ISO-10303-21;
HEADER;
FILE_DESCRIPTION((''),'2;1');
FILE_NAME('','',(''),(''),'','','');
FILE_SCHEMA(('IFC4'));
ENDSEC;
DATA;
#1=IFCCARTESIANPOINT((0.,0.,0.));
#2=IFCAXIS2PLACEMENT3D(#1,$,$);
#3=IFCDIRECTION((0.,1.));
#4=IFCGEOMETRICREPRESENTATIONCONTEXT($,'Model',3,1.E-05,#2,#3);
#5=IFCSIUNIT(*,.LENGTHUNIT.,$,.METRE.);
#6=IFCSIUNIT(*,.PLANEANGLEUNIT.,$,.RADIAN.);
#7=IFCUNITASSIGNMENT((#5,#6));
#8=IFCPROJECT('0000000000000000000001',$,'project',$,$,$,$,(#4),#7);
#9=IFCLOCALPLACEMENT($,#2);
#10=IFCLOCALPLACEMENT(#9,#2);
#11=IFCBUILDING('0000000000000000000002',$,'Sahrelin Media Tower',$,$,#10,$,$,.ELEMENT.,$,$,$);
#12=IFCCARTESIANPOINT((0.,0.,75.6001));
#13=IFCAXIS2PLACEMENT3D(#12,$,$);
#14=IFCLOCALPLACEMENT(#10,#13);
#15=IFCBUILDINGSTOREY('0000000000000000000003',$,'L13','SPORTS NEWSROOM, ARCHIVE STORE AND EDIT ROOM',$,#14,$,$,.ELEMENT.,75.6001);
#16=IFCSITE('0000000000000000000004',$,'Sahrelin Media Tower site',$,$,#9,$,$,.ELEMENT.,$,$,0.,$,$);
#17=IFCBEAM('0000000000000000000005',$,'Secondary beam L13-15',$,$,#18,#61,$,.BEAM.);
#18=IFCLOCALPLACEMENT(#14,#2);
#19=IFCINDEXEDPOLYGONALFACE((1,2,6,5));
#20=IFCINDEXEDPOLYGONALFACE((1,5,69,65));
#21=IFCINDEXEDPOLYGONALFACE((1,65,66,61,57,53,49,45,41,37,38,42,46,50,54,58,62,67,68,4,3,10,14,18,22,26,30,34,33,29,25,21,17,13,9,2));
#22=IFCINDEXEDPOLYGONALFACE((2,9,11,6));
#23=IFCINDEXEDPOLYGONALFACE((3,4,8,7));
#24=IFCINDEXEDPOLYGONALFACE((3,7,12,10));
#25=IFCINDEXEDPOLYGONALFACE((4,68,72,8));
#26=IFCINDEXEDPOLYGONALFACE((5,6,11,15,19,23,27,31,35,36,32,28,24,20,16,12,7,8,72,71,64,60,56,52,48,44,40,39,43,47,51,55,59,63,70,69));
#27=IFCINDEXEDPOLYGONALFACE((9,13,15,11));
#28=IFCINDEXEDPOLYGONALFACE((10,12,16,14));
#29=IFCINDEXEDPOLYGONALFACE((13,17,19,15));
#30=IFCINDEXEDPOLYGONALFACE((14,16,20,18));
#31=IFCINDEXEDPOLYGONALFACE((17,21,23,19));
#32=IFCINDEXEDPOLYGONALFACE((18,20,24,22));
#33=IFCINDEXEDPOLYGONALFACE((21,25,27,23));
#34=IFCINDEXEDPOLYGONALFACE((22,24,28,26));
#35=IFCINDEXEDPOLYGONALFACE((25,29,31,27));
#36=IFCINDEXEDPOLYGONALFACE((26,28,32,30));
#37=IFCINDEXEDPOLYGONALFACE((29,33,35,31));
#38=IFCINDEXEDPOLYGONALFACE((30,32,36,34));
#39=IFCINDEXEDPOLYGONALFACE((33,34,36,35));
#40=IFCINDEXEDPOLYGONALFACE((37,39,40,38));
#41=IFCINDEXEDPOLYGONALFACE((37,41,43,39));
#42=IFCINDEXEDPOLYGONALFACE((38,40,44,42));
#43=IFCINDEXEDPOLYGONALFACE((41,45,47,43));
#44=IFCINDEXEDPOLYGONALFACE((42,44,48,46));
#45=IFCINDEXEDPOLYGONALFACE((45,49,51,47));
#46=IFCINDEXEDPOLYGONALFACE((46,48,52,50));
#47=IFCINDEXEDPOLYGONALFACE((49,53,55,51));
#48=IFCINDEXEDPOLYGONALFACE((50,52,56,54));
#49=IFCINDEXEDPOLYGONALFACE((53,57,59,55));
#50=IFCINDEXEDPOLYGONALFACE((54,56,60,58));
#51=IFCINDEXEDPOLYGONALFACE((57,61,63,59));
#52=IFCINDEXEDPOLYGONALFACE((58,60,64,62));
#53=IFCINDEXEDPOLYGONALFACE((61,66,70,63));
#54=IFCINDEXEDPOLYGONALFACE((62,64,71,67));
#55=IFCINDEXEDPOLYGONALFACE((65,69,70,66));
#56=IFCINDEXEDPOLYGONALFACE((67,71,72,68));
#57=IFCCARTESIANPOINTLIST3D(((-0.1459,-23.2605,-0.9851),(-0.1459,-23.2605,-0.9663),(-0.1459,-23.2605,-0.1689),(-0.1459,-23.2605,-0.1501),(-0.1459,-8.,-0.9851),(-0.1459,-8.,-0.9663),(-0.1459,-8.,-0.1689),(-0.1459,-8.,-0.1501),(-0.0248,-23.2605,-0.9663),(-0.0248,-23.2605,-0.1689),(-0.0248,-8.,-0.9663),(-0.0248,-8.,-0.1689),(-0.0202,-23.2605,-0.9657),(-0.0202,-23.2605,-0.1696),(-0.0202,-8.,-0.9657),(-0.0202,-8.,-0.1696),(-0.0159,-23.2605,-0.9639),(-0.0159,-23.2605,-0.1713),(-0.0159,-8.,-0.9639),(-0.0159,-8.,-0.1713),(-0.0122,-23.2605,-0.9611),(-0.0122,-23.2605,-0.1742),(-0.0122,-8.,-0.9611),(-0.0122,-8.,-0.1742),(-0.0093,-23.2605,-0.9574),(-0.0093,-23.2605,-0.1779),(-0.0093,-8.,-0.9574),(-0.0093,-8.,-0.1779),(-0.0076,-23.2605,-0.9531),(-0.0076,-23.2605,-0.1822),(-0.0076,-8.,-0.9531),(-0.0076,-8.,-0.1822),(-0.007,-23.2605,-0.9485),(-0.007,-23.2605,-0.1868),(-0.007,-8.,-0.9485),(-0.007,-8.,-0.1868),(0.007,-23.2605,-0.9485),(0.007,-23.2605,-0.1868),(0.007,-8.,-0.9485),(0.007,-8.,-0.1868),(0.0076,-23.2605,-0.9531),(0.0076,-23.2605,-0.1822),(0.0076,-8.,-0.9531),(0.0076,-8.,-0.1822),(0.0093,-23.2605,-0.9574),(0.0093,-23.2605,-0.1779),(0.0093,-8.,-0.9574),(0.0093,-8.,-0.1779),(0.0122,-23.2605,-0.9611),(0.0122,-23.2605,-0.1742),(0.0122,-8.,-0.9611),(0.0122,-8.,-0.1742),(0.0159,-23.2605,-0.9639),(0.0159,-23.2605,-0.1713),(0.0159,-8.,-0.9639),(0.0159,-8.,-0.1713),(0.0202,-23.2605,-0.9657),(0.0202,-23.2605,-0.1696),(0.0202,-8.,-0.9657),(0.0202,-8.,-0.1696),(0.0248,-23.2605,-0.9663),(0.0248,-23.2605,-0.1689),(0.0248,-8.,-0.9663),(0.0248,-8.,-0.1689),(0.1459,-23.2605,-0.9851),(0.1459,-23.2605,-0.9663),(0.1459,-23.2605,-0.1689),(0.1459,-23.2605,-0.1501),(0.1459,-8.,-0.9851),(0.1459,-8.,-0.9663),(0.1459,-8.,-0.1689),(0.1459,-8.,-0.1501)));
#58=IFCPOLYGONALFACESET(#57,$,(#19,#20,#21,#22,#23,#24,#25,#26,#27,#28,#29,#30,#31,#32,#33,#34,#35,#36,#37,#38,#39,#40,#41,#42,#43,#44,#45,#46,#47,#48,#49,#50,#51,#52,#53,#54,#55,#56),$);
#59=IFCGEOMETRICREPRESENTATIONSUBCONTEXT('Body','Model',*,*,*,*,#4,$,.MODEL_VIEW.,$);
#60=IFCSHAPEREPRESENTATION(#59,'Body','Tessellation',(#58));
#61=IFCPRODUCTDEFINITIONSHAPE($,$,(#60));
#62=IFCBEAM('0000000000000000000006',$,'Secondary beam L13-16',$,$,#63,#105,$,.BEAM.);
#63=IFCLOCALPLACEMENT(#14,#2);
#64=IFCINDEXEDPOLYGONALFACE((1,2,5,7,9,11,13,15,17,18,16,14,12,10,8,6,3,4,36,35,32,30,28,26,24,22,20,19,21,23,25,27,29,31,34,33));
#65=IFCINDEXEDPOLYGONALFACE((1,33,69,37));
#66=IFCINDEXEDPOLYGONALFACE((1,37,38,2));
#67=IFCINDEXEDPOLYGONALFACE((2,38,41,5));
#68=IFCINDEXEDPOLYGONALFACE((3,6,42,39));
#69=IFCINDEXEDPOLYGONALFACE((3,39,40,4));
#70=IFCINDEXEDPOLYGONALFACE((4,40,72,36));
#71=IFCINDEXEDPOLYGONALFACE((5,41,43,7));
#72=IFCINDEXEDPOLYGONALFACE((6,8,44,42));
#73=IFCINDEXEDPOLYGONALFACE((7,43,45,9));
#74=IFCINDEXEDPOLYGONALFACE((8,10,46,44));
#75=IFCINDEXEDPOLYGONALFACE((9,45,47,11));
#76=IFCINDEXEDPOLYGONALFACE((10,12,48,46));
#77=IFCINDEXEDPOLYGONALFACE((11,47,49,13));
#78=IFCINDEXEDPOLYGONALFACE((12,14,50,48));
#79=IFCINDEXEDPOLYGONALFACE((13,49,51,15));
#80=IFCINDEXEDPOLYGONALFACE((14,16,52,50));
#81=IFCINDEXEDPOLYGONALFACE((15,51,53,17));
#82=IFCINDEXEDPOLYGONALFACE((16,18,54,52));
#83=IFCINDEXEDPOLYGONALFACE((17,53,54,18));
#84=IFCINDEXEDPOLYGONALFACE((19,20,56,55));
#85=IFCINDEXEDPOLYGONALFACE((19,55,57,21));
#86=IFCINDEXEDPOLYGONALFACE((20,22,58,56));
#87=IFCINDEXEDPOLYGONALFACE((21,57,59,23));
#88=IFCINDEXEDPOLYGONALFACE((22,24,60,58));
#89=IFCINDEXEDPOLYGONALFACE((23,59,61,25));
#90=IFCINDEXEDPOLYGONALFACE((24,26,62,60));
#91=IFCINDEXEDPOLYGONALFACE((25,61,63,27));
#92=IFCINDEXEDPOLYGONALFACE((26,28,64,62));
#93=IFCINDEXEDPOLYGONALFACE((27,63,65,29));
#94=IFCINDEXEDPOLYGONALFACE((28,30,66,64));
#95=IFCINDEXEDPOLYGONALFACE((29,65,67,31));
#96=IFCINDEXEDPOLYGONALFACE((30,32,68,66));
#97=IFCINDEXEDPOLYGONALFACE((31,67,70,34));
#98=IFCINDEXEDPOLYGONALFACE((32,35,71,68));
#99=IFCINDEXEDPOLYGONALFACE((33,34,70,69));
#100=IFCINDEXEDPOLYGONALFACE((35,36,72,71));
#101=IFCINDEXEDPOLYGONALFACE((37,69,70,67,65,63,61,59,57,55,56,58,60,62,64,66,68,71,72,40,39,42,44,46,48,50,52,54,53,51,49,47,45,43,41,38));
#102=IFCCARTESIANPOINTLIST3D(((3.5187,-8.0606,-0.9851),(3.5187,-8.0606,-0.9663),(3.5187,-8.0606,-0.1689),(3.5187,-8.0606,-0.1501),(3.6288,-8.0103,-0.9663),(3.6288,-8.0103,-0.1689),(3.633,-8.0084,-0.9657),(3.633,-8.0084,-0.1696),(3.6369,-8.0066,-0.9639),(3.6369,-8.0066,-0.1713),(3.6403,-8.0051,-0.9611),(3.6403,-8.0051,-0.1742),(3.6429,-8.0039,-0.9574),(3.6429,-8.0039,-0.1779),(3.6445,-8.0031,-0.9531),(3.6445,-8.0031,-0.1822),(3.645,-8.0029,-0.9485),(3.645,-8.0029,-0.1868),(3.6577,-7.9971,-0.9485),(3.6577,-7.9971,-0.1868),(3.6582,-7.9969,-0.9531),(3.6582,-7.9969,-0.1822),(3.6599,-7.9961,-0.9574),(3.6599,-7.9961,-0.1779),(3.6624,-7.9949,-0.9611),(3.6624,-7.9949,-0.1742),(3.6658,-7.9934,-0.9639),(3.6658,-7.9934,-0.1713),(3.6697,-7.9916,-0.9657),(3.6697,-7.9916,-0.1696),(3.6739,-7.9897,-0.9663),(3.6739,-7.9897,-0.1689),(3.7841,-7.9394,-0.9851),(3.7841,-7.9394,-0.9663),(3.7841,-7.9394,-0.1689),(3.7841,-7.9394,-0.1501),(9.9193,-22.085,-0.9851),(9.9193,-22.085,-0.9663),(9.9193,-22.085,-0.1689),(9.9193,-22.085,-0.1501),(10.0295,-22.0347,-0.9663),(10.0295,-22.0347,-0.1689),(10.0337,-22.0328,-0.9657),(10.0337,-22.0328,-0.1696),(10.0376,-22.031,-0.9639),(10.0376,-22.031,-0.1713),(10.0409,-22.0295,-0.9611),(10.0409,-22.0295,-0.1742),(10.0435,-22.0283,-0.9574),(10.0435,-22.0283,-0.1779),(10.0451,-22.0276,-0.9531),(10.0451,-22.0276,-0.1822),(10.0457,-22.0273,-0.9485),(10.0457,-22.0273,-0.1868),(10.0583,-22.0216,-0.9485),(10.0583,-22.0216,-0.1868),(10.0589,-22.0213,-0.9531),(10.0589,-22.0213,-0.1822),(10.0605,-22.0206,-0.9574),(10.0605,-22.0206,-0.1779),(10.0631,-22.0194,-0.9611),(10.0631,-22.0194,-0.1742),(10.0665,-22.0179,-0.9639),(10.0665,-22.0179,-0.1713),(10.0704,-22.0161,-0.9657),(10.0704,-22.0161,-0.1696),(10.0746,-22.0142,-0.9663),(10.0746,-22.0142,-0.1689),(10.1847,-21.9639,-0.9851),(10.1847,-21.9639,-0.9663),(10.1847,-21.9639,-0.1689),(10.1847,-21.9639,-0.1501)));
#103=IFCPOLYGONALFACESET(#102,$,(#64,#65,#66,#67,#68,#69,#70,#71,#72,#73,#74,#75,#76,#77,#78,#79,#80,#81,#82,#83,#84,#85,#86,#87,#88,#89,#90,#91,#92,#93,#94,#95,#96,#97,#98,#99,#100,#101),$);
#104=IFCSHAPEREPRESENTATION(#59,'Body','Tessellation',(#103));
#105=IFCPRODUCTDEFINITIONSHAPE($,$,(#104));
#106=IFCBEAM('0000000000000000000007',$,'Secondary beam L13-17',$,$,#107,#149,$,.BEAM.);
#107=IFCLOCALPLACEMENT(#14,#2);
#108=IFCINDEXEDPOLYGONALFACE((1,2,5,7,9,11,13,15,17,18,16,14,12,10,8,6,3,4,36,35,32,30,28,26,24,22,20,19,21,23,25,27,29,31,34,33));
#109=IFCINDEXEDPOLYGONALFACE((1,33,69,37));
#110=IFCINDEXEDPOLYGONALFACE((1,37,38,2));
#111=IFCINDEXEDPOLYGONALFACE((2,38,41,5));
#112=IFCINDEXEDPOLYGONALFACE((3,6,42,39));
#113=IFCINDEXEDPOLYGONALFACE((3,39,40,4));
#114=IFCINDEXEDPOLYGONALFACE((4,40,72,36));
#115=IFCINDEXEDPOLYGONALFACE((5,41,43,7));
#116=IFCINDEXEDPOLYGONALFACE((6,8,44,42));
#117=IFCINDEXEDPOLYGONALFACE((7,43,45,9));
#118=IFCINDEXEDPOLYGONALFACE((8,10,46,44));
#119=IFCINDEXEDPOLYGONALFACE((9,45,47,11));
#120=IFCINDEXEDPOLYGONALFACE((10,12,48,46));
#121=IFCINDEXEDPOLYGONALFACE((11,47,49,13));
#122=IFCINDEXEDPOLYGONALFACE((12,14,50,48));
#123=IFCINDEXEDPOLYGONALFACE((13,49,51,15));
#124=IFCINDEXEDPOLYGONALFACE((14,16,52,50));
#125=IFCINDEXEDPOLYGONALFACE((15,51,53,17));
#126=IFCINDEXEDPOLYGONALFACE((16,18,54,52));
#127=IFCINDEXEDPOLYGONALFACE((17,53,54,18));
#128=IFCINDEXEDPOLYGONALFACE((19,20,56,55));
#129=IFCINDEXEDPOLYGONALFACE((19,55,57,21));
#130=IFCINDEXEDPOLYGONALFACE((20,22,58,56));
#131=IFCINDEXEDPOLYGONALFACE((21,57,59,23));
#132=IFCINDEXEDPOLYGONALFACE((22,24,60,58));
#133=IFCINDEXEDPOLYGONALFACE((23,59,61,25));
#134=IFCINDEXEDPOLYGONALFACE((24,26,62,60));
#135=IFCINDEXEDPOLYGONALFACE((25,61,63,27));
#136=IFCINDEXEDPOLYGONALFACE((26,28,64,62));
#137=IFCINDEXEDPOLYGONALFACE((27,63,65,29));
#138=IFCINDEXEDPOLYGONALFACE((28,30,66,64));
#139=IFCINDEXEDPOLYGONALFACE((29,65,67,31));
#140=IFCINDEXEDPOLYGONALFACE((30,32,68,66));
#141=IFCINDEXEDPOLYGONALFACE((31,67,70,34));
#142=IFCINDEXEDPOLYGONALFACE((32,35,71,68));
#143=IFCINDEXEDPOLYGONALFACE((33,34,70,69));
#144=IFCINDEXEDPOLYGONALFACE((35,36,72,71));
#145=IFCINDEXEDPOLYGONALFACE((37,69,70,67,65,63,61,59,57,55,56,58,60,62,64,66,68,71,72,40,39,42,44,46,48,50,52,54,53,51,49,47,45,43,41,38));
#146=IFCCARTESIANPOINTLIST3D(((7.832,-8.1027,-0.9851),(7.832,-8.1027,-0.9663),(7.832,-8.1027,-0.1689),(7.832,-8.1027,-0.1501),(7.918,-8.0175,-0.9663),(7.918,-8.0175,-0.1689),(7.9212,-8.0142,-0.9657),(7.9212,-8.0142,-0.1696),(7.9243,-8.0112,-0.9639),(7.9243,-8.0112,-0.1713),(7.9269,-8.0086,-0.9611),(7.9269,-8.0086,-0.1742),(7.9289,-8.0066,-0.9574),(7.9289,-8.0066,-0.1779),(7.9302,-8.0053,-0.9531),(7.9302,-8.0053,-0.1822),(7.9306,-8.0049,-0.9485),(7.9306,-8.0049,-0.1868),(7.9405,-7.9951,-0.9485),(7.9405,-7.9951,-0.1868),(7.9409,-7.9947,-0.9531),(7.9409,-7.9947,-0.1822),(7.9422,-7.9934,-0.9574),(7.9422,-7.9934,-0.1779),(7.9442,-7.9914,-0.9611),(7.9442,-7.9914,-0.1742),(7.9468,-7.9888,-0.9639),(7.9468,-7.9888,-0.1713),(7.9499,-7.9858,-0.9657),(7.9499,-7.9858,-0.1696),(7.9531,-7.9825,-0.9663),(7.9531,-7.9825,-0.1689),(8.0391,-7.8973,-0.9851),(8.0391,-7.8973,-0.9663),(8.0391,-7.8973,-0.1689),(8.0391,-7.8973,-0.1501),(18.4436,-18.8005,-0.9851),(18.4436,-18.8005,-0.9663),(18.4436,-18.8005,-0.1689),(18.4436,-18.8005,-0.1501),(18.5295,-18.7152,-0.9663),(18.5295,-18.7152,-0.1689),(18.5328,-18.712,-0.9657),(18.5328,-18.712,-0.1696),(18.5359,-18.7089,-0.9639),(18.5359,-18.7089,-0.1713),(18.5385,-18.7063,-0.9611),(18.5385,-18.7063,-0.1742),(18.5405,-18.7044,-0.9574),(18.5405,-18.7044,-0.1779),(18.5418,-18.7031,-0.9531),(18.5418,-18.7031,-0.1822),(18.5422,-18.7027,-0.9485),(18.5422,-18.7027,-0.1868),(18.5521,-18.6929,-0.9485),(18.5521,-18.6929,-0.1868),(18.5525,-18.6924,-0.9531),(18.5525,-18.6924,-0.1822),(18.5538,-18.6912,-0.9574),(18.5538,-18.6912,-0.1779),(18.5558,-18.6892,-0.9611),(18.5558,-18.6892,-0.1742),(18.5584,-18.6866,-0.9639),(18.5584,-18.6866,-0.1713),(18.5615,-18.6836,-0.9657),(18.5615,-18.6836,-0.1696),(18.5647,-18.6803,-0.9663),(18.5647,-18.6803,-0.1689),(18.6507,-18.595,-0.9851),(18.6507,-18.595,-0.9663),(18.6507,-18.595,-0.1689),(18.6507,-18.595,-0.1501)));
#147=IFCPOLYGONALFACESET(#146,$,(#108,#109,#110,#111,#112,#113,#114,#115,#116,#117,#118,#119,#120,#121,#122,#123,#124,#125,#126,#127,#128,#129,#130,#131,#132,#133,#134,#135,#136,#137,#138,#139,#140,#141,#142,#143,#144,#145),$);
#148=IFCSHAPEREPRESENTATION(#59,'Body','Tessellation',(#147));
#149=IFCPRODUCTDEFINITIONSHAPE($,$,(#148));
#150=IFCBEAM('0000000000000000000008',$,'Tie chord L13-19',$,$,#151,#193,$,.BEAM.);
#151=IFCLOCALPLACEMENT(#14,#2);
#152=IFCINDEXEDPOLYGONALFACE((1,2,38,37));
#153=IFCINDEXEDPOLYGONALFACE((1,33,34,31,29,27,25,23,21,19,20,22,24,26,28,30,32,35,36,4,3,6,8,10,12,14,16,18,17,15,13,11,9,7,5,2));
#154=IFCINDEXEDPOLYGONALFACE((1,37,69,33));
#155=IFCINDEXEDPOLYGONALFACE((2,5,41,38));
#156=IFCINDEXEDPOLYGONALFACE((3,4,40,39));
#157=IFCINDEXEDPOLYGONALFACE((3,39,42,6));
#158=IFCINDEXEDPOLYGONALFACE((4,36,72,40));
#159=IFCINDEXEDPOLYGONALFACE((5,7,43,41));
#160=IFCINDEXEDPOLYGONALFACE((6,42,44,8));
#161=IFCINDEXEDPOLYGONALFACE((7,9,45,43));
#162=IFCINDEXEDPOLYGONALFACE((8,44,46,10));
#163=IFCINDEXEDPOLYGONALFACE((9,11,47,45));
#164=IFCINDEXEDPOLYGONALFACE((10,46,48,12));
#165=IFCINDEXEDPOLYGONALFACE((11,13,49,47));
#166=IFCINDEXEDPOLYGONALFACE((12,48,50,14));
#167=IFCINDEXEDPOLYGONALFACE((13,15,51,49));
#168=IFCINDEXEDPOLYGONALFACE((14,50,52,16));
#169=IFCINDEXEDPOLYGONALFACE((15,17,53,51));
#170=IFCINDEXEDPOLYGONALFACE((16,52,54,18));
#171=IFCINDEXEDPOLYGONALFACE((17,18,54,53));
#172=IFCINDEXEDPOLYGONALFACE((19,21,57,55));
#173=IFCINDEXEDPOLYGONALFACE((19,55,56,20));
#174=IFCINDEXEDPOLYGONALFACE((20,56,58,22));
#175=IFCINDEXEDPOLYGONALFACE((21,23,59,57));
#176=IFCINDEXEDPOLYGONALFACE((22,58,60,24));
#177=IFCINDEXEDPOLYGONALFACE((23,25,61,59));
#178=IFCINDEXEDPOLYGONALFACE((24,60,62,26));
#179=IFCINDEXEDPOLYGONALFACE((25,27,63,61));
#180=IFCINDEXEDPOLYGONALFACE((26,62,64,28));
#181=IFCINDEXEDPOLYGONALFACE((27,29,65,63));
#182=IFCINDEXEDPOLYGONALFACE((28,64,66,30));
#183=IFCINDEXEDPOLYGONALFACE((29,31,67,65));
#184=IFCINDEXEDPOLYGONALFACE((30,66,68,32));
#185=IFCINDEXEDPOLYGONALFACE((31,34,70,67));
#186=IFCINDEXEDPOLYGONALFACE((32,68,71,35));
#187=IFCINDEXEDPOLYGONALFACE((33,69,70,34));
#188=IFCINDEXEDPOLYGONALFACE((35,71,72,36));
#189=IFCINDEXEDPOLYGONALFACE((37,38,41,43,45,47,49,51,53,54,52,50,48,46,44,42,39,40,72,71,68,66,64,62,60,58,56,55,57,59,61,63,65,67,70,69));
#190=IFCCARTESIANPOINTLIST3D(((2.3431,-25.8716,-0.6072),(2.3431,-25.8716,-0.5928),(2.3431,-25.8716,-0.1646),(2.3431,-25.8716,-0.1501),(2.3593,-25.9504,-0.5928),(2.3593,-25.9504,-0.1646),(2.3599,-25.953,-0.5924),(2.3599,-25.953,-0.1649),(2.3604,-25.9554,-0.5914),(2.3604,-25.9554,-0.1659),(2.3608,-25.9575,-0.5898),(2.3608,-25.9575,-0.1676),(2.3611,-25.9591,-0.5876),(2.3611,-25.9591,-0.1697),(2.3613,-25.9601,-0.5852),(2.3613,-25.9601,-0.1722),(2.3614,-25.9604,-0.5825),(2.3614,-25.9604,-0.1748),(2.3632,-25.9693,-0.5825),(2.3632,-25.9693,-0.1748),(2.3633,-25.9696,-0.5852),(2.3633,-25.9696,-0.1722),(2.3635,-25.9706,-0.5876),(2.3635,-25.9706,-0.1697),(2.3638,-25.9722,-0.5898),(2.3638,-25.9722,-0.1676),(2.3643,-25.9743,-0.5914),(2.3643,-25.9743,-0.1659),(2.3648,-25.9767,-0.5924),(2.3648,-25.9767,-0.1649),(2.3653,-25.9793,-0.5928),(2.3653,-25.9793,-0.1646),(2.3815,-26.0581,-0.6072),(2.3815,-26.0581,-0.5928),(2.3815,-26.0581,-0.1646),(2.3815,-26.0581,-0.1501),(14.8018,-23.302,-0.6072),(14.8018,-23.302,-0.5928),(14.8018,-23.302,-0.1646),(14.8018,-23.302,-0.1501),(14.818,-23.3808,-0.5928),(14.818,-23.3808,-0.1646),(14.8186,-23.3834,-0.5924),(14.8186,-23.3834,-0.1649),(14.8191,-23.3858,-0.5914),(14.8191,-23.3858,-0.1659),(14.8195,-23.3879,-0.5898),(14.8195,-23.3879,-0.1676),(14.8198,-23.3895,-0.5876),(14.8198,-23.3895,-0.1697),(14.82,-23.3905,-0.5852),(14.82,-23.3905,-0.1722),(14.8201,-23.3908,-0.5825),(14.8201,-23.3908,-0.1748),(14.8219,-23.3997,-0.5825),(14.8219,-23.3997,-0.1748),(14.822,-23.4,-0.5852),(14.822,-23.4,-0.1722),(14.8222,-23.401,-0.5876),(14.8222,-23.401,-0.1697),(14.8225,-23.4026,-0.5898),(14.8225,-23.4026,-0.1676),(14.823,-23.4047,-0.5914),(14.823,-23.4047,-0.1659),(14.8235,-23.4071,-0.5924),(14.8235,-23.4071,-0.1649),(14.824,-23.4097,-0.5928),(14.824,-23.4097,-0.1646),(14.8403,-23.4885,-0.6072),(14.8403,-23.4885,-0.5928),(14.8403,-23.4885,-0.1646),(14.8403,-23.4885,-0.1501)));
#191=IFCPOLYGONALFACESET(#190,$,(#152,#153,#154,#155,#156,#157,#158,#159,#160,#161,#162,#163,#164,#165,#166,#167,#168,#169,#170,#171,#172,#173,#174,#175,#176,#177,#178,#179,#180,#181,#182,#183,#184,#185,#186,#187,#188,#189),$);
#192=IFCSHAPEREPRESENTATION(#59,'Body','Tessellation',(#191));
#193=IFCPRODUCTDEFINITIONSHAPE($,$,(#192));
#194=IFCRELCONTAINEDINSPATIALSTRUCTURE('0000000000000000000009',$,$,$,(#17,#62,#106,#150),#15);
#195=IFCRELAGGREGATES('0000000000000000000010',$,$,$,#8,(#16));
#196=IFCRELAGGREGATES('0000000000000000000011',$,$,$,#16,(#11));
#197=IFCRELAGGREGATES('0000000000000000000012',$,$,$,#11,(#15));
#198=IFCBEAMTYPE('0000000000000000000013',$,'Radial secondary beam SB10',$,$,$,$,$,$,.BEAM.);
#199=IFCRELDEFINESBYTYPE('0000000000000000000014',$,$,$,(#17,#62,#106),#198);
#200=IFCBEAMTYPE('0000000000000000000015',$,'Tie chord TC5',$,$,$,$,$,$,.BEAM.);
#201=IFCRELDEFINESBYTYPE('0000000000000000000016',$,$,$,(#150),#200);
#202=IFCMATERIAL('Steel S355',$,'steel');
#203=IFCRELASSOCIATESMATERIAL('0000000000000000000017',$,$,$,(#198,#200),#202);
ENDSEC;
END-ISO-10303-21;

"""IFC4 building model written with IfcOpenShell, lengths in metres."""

from ifc_helpers import new_model, si_unit, direction, frame, origin, origin_2d, place, context, subcontext, project, spatial, i_section, extrude, material, material_profile, profile_set, type_object, element, save


model = new_model("IFC4")

# Units and contexts
model_context = context("Model", 3, precision=1e-05, world=origin(), true_north=direction((0.0, 1.0)))
body_context = subcontext(model_context, "Body", "Model", "MODEL_VIEW")
ifc_project = project(units=[si_unit("LENGTHUNIT", "METRE"), si_unit("PLANEANGLEUNIT", "RADIAN")], contexts=[model_context])

# Site, building, storey
site_placement = place(None, origin())
site = spatial("IfcSite", under=ifc_project, at=site_placement, Name="Sahrelin Media Tower site", CompositionType="ELEMENT", RefElevation=0.0)
building_placement = place(site_placement, origin())
building = spatial("IfcBuilding", under=site, at=building_placement, Name="Sahrelin Media Tower", CompositionType="ELEMENT")
storey_placement = place(building_placement, frame((0.0, 0.0, 75.6001)))
storey = spatial("IfcBuildingStorey", under=building, at=storey_placement, Name="L13", Description="SPORTS NEWSROOM, ARCHIVE STORE AND EDIT ROOM", CompositionType="ELEMENT", Elevation=75.6001)

# Shared definitions
ifc_material_1 = material(Name="Steel S355", Category="steel")

# Beams
ifc_material_profile_1 = material_profile(ifc_material_1, i_section(OverallWidth=0.2917, OverallDepth=0.835, WebThickness=0.0139, FlangeThickness=0.0188, FilletRadius=0.0178, at=origin_2d()), Name="UB 838x292x176")
ifc_profile_set_1 = profile_set([ifc_material_profile_1], Name="Steel S355")
beam_type_1 = type_object("IfcBeamType", Name="Radial secondary beam SB10", PredefinedType="BEAM", material=ifc_profile_set_1)
beam_1_placement = place(storey_placement, frame((0.0, -8.0, -0.5676), z_axis=(0.0, -1.0, 0.0), x_axis=(1.0, 0.0, 0.0)))
element("IfcBeam", 1, at=beam_1_placement, inside=storey, type_object=beam_type_1, Name="Secondary beam L13-15", PredefinedType="BEAM", context=body_context, shape_type="SweptSolid", body=[
    extrude(i_section(OverallWidth=0.2917, OverallDepth=0.835, WebThickness=0.0139, FlangeThickness=0.0188, FilletRadius=0.0178, at=origin_2d()), origin(), (0.0, 0.0, 1.0), 15.2605),
])
beam_2_placement = place(storey_placement, frame((3.6514, -8.0, -0.5676), z_axis=(0.415195, -0.909732, 0.0), x_axis=(0.909732, 0.415195, 0.0)))
element("IfcBeam", 2, at=beam_2_placement, inside=storey, type_object=beam_type_1, Name="Secondary beam L13-16", PredefinedType="BEAM", context=body_context, shape_type="SweptSolid", body=[
    extrude(i_section(OverallWidth=0.2917, OverallDepth=0.835, WebThickness=0.0139, FlangeThickness=0.0188, FilletRadius=0.0178, at=origin_2d()), origin(), (0.0, 0.0, 1.0), 15.416),
])
beam_3_placement = place(storey_placement, frame((7.9355, -8.0, -0.5676), z_axis=(0.704241, -0.709961, 0.0), x_axis=(0.709961, 0.704241, 0.0)))
element("IfcBeam", 3, at=beam_3_placement, inside=storey, type_object=beam_type_1, Name="Secondary beam L13-17", PredefinedType="BEAM", context=body_context, shape_type="SweptSolid", body=[
    extrude(i_section(OverallWidth=0.2917, OverallDepth=0.835, WebThickness=0.0139, FlangeThickness=0.0188, FilletRadius=0.0178, at=origin_2d()), origin(), (0.0, 0.0, 1.0), 15.0681),
])
ifc_material_profile_2 = material_profile(ifc_material_1, i_section(OverallWidth=0.1904, OverallDepth=0.457, WebThickness=0.009, FlangeThickness=0.0144, FilletRadius=0.0103, at=origin_2d()), Name="UB 457x191x74")
ifc_profile_set_2 = profile_set([ifc_material_profile_2], Name="Steel S355")
beam_type_2 = type_object("IfcBeamType", Name="Tie chord TC5", PredefinedType="BEAM", material=ifc_profile_set_2)
beam_4_placement = place(storey_placement, frame((2.3623, -25.9648, -0.3787), z_axis=(0.979386, 0.201996, 0.0), x_axis=(-0.201996, 0.979386, 0.0)))
element("IfcBeam", 4, at=beam_4_placement, inside=storey, type_object=beam_type_2, Name="Tie chord L13-19", PredefinedType="BEAM", context=body_context, shape_type="SweptSolid", body=[
    extrude(i_section(OverallWidth=0.1904, OverallDepth=0.457, WebThickness=0.009, FlangeThickness=0.0144, FilletRadius=0.0103, at=origin_2d()), origin(), (0.0, 0.0, 1.0), 12.7209),
])

save(model, "model.ifc")
